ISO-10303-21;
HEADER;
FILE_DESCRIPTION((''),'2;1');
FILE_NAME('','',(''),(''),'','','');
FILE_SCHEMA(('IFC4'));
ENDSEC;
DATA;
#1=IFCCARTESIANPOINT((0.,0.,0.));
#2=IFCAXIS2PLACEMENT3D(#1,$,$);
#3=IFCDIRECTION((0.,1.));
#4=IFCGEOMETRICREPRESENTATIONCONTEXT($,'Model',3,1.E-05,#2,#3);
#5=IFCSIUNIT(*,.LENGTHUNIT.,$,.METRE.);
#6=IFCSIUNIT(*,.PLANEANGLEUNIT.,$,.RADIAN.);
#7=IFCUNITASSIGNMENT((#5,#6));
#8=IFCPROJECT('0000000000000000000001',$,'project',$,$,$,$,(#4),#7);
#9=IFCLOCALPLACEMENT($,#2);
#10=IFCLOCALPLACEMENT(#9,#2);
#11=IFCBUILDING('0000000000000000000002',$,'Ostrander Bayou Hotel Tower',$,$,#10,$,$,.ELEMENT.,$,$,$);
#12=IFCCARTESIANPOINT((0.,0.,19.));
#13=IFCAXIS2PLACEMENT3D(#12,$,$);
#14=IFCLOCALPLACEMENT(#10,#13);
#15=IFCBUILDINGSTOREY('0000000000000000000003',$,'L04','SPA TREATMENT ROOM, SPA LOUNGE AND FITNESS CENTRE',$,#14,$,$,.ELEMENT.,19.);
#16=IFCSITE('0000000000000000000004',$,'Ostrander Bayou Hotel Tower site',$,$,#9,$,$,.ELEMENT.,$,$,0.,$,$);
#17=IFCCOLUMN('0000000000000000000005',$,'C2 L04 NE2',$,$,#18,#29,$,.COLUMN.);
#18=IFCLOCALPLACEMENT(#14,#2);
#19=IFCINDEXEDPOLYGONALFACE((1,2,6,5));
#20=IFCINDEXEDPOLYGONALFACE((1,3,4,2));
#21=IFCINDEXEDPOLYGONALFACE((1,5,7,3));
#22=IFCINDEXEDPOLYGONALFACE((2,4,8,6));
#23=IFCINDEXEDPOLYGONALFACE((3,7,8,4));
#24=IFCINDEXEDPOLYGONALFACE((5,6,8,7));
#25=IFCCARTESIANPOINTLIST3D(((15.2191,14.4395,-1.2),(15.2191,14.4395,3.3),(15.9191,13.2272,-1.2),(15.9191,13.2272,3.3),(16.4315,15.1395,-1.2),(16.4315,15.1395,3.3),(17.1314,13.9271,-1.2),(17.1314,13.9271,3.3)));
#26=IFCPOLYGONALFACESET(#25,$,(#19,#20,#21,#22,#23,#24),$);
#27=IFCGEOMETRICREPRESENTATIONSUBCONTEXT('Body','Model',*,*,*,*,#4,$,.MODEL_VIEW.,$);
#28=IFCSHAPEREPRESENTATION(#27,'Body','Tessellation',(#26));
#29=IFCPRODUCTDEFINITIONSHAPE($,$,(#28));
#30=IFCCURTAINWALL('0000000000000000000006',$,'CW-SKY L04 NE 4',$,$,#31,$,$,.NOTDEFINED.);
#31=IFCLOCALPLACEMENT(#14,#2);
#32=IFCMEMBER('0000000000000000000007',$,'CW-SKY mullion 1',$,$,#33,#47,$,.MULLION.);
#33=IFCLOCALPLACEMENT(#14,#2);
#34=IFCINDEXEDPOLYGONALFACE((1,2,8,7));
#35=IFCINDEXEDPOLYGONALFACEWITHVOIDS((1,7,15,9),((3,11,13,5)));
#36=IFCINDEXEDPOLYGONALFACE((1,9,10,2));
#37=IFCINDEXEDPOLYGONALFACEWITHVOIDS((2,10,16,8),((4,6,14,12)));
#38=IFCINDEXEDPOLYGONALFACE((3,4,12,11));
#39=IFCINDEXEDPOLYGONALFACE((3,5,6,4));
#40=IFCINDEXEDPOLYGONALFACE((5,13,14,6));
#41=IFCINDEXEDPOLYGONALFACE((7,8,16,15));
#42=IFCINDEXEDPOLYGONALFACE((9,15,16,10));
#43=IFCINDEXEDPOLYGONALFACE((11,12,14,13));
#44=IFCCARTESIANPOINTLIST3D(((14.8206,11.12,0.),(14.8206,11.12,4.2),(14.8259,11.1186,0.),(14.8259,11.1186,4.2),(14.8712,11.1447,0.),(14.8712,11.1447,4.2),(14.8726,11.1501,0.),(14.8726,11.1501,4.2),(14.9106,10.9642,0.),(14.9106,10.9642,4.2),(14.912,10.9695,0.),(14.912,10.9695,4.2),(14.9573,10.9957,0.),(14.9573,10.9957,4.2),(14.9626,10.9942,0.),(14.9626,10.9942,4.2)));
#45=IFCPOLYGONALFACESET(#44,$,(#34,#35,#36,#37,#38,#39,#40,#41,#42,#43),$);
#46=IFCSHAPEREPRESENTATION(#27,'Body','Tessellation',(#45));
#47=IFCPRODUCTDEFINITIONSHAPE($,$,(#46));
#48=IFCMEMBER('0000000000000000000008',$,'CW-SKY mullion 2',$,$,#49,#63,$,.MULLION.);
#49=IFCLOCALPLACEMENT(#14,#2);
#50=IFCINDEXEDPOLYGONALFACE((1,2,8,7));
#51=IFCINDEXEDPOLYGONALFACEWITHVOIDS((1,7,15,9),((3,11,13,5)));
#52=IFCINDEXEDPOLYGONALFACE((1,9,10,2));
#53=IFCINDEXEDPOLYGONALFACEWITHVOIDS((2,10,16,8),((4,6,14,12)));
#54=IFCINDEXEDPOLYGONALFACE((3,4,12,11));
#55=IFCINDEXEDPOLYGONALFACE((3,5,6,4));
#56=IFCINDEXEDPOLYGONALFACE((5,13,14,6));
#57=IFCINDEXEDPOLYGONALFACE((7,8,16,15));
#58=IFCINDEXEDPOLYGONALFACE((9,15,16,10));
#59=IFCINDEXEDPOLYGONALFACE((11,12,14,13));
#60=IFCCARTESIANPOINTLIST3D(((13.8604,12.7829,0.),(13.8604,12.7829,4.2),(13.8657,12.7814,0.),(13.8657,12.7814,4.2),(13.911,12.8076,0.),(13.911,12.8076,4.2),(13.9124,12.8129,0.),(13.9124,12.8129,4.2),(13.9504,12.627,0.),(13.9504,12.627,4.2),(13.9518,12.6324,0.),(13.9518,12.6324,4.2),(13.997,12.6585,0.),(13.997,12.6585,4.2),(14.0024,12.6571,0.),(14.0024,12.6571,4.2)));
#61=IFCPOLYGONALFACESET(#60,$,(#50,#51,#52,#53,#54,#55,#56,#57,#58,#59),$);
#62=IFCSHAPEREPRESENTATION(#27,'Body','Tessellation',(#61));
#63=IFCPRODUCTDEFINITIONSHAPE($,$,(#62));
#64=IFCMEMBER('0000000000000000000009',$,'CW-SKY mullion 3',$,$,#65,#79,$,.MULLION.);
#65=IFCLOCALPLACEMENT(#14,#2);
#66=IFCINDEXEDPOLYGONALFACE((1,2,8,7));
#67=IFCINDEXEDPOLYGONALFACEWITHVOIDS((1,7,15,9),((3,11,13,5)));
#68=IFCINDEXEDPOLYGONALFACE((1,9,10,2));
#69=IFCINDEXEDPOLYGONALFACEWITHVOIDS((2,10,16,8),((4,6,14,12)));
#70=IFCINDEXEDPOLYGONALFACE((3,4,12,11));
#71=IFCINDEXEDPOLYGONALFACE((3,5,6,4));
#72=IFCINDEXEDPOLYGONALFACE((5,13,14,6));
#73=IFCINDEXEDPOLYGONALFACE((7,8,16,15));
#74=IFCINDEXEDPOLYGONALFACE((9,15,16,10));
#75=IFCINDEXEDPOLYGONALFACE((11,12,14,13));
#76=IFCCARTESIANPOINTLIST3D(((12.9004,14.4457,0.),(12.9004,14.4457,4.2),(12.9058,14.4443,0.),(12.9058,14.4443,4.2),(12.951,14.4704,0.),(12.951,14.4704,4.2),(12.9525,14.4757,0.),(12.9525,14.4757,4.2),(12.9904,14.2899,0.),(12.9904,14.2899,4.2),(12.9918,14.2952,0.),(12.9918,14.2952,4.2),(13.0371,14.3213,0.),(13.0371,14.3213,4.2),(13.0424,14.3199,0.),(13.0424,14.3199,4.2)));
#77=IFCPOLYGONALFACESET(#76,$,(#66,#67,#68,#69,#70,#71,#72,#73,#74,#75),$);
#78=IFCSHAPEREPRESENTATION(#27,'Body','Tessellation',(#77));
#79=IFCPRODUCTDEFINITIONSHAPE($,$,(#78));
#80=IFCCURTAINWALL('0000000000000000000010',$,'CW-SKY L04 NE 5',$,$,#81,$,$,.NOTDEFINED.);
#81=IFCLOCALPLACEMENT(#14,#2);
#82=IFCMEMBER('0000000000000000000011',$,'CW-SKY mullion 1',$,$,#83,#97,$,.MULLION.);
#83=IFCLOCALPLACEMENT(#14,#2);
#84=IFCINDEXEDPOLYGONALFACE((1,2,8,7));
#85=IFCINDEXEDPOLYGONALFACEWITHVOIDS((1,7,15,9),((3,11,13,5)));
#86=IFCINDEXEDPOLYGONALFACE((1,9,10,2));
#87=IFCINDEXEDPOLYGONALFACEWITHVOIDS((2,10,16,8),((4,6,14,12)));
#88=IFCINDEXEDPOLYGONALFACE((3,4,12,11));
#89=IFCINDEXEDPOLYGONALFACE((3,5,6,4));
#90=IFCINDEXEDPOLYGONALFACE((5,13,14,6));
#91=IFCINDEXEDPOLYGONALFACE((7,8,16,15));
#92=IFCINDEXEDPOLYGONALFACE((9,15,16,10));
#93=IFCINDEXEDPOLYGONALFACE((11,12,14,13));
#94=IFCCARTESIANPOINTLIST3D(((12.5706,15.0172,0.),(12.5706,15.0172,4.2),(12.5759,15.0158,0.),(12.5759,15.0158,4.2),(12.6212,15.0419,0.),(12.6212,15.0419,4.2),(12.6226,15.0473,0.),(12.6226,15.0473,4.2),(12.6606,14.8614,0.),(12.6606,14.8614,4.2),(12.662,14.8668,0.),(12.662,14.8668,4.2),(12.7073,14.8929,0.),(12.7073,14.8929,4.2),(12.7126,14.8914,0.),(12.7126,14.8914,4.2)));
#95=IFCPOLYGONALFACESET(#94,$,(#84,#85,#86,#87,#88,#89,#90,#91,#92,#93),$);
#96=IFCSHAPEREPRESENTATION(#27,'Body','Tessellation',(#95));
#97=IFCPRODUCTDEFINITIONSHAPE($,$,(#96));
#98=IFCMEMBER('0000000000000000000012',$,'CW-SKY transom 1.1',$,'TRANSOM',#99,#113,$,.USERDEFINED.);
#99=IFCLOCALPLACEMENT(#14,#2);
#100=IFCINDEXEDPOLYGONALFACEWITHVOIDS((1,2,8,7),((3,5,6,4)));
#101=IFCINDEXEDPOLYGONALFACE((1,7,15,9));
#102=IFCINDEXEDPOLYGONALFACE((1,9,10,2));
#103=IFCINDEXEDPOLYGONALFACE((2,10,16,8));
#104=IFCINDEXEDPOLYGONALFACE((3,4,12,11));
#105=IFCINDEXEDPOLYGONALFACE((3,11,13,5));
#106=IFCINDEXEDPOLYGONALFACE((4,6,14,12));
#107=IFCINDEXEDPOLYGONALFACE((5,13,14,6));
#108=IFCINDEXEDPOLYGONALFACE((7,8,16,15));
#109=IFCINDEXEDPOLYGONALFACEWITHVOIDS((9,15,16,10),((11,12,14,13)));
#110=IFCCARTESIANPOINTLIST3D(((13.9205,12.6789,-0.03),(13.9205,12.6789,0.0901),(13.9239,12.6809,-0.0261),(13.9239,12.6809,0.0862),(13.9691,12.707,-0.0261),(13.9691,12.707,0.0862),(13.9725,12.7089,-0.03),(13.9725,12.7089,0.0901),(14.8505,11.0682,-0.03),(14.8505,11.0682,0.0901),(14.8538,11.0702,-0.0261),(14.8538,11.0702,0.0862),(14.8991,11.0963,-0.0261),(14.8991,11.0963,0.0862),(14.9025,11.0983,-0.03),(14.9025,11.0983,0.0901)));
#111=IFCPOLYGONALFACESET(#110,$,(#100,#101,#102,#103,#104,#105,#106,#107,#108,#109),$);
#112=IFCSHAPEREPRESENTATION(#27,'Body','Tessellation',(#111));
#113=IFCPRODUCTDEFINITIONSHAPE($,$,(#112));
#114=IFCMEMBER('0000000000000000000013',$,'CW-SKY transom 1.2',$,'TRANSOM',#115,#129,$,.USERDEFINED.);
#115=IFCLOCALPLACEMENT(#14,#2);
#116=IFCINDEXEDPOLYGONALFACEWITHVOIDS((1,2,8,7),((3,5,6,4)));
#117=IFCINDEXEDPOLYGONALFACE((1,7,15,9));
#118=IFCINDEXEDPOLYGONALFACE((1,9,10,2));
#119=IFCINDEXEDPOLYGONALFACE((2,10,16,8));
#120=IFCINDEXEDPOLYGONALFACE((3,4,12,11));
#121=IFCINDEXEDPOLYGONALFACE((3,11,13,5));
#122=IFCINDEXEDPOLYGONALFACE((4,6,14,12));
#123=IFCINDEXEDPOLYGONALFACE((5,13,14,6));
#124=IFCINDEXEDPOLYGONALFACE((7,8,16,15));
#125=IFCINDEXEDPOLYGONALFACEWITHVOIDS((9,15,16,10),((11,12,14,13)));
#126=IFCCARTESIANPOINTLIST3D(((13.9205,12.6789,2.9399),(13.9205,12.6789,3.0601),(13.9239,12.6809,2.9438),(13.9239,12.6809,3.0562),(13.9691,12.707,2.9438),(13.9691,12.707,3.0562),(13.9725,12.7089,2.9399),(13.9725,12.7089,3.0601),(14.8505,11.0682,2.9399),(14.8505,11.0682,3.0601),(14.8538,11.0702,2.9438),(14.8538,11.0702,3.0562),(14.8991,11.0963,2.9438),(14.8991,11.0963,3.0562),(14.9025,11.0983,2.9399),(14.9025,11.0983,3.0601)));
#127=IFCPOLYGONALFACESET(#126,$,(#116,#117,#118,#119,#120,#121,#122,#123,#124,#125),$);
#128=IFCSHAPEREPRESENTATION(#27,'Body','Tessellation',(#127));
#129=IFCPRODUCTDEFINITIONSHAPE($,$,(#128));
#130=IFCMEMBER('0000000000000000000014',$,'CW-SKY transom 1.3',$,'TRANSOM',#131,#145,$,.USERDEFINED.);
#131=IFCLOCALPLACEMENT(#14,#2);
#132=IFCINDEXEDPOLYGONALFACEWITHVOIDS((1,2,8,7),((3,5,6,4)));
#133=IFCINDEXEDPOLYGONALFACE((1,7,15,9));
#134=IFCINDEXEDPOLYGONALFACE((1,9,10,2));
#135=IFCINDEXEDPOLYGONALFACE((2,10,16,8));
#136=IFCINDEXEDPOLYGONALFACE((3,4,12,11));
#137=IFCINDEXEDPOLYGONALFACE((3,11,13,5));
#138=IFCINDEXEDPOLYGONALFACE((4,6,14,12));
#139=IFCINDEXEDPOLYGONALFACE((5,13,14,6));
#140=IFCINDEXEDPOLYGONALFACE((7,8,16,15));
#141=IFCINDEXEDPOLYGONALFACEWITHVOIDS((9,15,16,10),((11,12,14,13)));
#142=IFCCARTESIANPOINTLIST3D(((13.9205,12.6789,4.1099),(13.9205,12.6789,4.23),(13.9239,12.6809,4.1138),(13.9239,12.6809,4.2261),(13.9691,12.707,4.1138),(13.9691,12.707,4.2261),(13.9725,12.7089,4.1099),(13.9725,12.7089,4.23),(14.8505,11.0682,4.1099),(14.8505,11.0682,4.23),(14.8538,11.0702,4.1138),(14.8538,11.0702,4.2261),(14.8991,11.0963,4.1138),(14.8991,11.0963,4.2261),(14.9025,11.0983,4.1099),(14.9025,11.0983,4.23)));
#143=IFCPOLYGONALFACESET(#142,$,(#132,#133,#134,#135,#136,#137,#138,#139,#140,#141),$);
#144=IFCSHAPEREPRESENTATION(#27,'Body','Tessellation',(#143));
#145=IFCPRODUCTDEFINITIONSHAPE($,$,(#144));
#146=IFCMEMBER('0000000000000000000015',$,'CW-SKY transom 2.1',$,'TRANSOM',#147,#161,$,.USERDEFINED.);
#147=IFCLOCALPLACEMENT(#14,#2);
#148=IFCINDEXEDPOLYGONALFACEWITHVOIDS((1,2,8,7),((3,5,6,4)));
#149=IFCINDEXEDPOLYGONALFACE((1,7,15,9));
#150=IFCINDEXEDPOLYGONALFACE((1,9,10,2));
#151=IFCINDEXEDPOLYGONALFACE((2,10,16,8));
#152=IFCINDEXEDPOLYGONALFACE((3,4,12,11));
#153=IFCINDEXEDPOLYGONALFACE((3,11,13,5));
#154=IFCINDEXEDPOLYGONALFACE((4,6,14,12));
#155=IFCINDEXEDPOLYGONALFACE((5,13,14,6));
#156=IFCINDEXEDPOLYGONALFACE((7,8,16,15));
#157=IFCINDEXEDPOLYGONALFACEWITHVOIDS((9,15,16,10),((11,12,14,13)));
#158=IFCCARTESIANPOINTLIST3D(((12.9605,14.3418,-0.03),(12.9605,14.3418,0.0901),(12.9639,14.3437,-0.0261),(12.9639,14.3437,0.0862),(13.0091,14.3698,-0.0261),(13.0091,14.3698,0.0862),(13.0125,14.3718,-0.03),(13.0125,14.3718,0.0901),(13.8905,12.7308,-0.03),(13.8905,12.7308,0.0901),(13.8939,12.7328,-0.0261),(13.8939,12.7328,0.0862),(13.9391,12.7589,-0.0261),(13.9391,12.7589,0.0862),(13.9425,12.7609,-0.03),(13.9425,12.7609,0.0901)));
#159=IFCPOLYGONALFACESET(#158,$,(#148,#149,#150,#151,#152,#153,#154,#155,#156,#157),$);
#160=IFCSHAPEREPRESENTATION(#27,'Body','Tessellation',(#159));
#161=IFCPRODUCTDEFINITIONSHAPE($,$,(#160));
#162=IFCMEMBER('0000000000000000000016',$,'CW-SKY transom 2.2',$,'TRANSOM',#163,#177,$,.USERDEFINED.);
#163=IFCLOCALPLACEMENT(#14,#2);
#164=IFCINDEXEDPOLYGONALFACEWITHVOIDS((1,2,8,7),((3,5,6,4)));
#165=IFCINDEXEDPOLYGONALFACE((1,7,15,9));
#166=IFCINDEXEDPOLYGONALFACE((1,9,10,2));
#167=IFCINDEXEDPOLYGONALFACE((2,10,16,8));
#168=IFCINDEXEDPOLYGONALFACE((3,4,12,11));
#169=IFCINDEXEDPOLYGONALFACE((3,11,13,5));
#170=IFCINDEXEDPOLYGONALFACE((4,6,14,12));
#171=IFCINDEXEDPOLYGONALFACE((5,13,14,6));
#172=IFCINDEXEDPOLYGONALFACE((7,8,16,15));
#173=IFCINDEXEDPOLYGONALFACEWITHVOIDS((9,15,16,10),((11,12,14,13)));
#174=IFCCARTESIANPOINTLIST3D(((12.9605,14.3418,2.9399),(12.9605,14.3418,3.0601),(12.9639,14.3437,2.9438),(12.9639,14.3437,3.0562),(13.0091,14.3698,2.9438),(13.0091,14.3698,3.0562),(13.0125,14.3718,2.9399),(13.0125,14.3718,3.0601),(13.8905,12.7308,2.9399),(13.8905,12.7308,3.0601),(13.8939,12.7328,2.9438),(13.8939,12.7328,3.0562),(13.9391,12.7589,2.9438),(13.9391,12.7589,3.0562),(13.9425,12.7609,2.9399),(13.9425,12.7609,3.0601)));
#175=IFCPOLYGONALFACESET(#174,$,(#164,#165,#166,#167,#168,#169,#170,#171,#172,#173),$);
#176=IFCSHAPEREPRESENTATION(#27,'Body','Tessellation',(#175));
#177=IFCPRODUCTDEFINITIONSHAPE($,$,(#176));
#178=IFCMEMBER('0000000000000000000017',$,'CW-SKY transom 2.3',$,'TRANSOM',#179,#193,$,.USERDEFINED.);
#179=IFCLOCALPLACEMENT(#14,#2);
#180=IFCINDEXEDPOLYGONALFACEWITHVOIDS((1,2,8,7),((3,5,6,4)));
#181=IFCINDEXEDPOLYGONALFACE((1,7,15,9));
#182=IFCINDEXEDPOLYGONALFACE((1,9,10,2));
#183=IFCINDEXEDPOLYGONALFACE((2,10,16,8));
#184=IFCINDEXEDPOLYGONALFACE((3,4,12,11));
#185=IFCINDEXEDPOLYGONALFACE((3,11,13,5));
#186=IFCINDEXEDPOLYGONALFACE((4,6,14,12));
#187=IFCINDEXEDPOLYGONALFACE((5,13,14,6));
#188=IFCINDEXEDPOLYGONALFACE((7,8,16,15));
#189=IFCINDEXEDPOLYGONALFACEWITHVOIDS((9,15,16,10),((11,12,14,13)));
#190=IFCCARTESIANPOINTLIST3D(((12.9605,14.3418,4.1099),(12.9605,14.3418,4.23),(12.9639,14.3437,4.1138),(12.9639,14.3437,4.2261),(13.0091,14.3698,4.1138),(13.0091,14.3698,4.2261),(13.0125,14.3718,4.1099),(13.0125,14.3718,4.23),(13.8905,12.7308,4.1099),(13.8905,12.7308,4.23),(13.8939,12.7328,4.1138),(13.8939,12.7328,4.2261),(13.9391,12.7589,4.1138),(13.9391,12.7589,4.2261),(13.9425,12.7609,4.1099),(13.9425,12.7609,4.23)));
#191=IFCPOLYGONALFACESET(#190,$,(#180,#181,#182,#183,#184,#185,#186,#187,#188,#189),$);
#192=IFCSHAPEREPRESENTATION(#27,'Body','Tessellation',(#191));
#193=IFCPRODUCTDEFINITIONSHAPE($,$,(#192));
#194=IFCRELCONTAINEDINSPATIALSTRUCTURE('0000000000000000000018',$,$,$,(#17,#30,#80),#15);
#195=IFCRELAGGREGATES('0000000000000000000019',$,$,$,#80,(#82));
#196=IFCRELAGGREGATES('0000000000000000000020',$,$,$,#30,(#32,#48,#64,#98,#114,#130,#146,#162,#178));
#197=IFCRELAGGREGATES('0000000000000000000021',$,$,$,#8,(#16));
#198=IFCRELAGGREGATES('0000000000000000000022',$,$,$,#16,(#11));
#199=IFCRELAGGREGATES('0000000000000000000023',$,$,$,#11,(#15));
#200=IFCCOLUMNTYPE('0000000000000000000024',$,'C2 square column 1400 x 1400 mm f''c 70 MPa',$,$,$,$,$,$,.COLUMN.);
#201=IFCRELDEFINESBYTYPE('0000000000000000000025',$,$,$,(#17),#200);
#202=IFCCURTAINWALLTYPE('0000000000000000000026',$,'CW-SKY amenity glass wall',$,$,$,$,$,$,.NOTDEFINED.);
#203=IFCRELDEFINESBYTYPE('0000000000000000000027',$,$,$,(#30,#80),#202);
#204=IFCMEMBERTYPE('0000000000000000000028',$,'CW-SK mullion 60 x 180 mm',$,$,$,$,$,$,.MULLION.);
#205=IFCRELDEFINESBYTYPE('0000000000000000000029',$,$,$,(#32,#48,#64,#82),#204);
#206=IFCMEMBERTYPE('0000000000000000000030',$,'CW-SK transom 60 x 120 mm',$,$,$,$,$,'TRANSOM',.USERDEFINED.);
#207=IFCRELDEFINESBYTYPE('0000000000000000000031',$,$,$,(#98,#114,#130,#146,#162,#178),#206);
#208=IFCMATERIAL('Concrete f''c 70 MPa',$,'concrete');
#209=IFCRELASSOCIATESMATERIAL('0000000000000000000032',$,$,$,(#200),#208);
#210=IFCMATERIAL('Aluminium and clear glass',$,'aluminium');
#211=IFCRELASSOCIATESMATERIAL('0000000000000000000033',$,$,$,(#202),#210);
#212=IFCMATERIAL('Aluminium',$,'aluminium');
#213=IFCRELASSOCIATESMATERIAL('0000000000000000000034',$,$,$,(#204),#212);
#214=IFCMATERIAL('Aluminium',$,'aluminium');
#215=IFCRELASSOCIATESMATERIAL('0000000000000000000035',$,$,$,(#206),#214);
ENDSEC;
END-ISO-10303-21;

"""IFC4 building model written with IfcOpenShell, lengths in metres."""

from ifc_helpers import new_model, si_unit, direction, frame, origin, origin_2d, place, context, subcontext, project, spatial, rectangle, hollow_rectangle, extrude, material, material_profile, profile_set, type_object, element, aggregate, save


model = new_model("IFC4")

# Units and contexts
model_context = context("Model", 3, precision=1e-05, world=origin(), true_north=direction((0.0, 1.0)))
body_context = subcontext(model_context, "Body", "Model", "MODEL_VIEW")
ifc_project = project(units=[si_unit("LENGTHUNIT", "METRE"), si_unit("PLANEANGLEUNIT", "RADIAN")], contexts=[model_context])

# Site, building, storey
site_placement = place(None, origin())
site = spatial("IfcSite", under=ifc_project, at=site_placement, Name="Ostrander Bayou Hotel Tower site", CompositionType="ELEMENT", RefElevation=0.0)
building_placement = place(site_placement, origin())
building = spatial("IfcBuilding", under=site, at=building_placement, Name="Ostrander Bayou Hotel Tower", CompositionType="ELEMENT")
storey_placement = place(building_placement, frame((0.0, 0.0, 19.0)))
storey = spatial("IfcBuildingStorey", under=building, at=storey_placement, Name="L04", Description="SPA TREATMENT ROOM, SPA LOUNGE AND FITNESS CENTRE", CompositionType="ELEMENT", Elevation=19.0)

# Column
ifc_material_1 = material(Name="Concrete f'c 70 MPa", Category="concrete")
ifc_material_profile_1 = material_profile(ifc_material_1, rectangle(XDim=1.3999, YDim=1.3999, at=origin_2d()))
ifc_profile_set_1 = profile_set([ifc_material_profile_1], Name="Concrete f'c 70 MPa")
column_type = type_object("IfcColumnType", Name="C2 square column 1400 x 1400 mm f'c 70 MPa", PredefinedType="COLUMN", material=ifc_profile_set_1)
column_placement = place(storey_placement, frame((16.1753, 14.1833, -1.2), z_axis=(0.0, 0.0, 1.0), x_axis=(0.5, -0.866025, 0.0)))
element("IfcColumn", 1, at=column_placement, inside=storey, type_object=column_type, Name="C2 L04 NE2", PredefinedType="COLUMN", context=body_context, shape_type="SweptSolid", body=[
    extrude(rectangle(XDim=1.3999, YDim=1.3999, at=origin_2d()), origin(), (0.0, 0.0, 1.0), 4.5),
])

# Curtain wall, members
ifc_material_2 = material(Name="Aluminium and clear glass", Category="aluminium")
curtain_wall_type = type_object("IfcCurtainWallType", Name="CW-SKY amenity glass wall", PredefinedType="NOTDEFINED", material=ifc_material_2)
curtain_wall_1_placement = place(storey_placement, origin())
curtain_wall_1 = element("IfcCurtainWall", 2, at=curtain_wall_1_placement, inside=storey, type_object=curtain_wall_type, Name="CW-SKY L04 NE 4", PredefinedType="NOTDEFINED")
ifc_material_3 = material(Name="Aluminium", Category="aluminium")
ifc_material_profile_2 = material_profile(ifc_material_3, hollow_rectangle(XDim=0.0601, YDim=0.1799, WallThickness=0.0039, at=origin_2d()))
ifc_profile_set_2 = profile_set([ifc_material_profile_2], Name="Aluminium")
member_type_1 = type_object("IfcMemberType", Name="CW-SK mullion 60 x 180 mm", PredefinedType="MULLION", material=ifc_profile_set_2)
member_1_placement = place(storey_placement, frame((14.8916, 11.0571, 0.0), z_axis=(0.0, 0.0, 1.0), x_axis=(-0.866025, -0.5, 0.0)))
member_1 = element("IfcMember", 3, at=member_1_placement, type_object=member_type_1, Name="CW-SKY mullion 1", PredefinedType="MULLION", context=body_context, shape_type="SweptSolid", body=[
    extrude(hollow_rectangle(XDim=0.0601, YDim=0.1799, WallThickness=0.0039, at=origin_2d()), origin(), (0.0, 0.0, 1.0), 4.2),
])
member_2_placement = place(storey_placement, frame((13.9314, 12.72, 0.0), z_axis=(0.0, 0.0, 1.0), x_axis=(-0.866025, -0.5, 0.0)))
member_2 = element("IfcMember", 4, at=member_2_placement, type_object=member_type_1, Name="CW-SKY mullion 2", PredefinedType="MULLION", context=body_context, shape_type="SweptSolid", body=[
    extrude(hollow_rectangle(XDim=0.0601, YDim=0.1799, WallThickness=0.0039, at=origin_2d()), origin(), (0.0, 0.0, 1.0), 4.2),
])
member_3_placement = place(storey_placement, frame((12.9714, 14.3828, 0.0), z_axis=(0.0, 0.0, 1.0), x_axis=(-0.866025, -0.5, 0.0)))
member_3 = element("IfcMember", 5, at=member_3_placement, type_object=member_type_1, Name="CW-SKY mullion 3", PredefinedType="MULLION", context=body_context, shape_type="SweptSolid", body=[
    extrude(hollow_rectangle(XDim=0.0601, YDim=0.1799, WallThickness=0.0039, at=origin_2d()), origin(), (0.0, 0.0, 1.0), 4.2),
])

# Curtain wall, member
curtain_wall_2_placement = place(storey_placement, origin())
curtain_wall_2 = element("IfcCurtainWall", 6, at=curtain_wall_2_placement, inside=storey, type_object=curtain_wall_type, Name="CW-SKY L04 NE 5", PredefinedType="NOTDEFINED")
member_4_placement = place(storey_placement, frame((12.6416, 14.9543, 0.0), z_axis=(0.0, 0.0, 1.0), x_axis=(-0.866026, -0.499999, 0.0)))
member_4 = element("IfcMember", 7, at=member_4_placement, type_object=member_type_1, Name="CW-SKY mullion 1", PredefinedType="MULLION", context=body_context, shape_type="SweptSolid", body=[
    extrude(hollow_rectangle(XDim=0.0601, YDim=0.1799, WallThickness=0.0039, at=origin_2d()), origin(), (0.0, 0.0, 1.0), 4.2),
])

# Members
ifc_material_4 = material(Name="Aluminium", Category="aluminium")
ifc_material_profile_3 = material_profile(ifc_material_4, hollow_rectangle(XDim=0.0601, YDim=0.1201, WallThickness=0.0039, at=origin_2d()))
ifc_profile_set_3 = profile_set([ifc_material_profile_3], Name="Aluminium")
member_type_2 = type_object("IfcMemberType", Name="CW-SK transom 60 x 120 mm", ElementType="TRANSOM", PredefinedType="USERDEFINED", material=ifc_profile_set_3)
member_5_placement = place(storey_placement, frame((14.8765, 11.0833, 0.03), z_axis=(-0.500022, 0.866013, 0.0), x_axis=(-0.866013, -0.500022, 0.0)))
member_5 = element("IfcMember", 8, at=member_5_placement, type_object=member_type_2, Name="CW-SKY transom 1.1", ObjectType="TRANSOM", PredefinedType="USERDEFINED", context=body_context, shape_type="SweptSolid", body=[
    extrude(hollow_rectangle(XDim=0.0601, YDim=0.1201, WallThickness=0.0039, at=origin_2d()), origin(), (0.0, 0.0, 1.0), 1.8599),
])
member_6_placement = place(storey_placement, frame((14.8765, 11.0833, 3.0), z_axis=(-0.500022, 0.866013, 0.0), x_axis=(-0.866013, -0.500022, 0.0)))
member_6 = element("IfcMember", 9, at=member_6_placement, type_object=member_type_2, Name="CW-SKY transom 1.2", ObjectType="TRANSOM", PredefinedType="USERDEFINED", context=body_context, shape_type="SweptSolid", body=[
    extrude(hollow_rectangle(XDim=0.0601, YDim=0.1201, WallThickness=0.0039, at=origin_2d()), origin(), (0.0, 0.0, 1.0), 1.8599),
])
member_7_placement = place(storey_placement, frame((14.8765, 11.0833, 4.1699), z_axis=(-0.500022, 0.866013, 0.0), x_axis=(-0.866013, -0.500022, 0.0)))
member_7 = element("IfcMember", 10, at=member_7_placement, type_object=member_type_2, Name="CW-SKY transom 1.3", ObjectType="TRANSOM", PredefinedType="USERDEFINED", context=body_context, shape_type="SweptSolid", body=[
    extrude(hollow_rectangle(XDim=0.0601, YDim=0.1201, WallThickness=0.0039, at=origin_2d()), origin(), (0.0, 0.0, 1.0), 1.8599),
])
member_8_placement = place(storey_placement, frame((13.9165, 12.7458, 0.03), z_axis=(-0.499965, 0.866046, 0.0), x_axis=(-0.866046, -0.499965, 0.0)))
member_8 = element("IfcMember", 11, at=member_8_placement, type_object=member_type_2, Name="CW-SKY transom 2.1", ObjectType="TRANSOM", PredefinedType="USERDEFINED", context=body_context, shape_type="SweptSolid", body=[
    extrude(hollow_rectangle(XDim=0.0601, YDim=0.1201, WallThickness=0.0039, at=origin_2d()), origin(), (0.0, 0.0, 1.0), 1.8601),
])
member_9_placement = place(storey_placement, frame((13.9165, 12.7458, 3.0), z_axis=(-0.499965, 0.866046, 0.0), x_axis=(-0.866046, -0.499965, 0.0)))
member_9 = element("IfcMember", 12, at=member_9_placement, type_object=member_type_2, Name="CW-SKY transom 2.2", ObjectType="TRANSOM", PredefinedType="USERDEFINED", context=body_context, shape_type="SweptSolid", body=[
    extrude(hollow_rectangle(XDim=0.0601, YDim=0.1201, WallThickness=0.0039, at=origin_2d()), origin(), (0.0, 0.0, 1.0), 1.8601),
])
member_10_placement = place(storey_placement, frame((13.9165, 12.7458, 4.1699), z_axis=(-0.499965, 0.866046, 0.0), x_axis=(-0.866046, -0.499965, 0.0)))
member_10 = element("IfcMember", 13, at=member_10_placement, type_object=member_type_2, Name="CW-SKY transom 2.3", ObjectType="TRANSOM", PredefinedType="USERDEFINED", context=body_context, shape_type="SweptSolid", body=[
    extrude(hollow_rectangle(XDim=0.0601, YDim=0.1201, WallThickness=0.0039, at=origin_2d()), origin(), (0.0, 0.0, 1.0), 1.8601),
])
aggregate(curtain_wall_2, [member_4])

aggregate(curtain_wall_1, [member_1, member_2, member_3, member_5, member_6, member_7, member_8, member_9, member_10])

save(model, "model.ifc")
